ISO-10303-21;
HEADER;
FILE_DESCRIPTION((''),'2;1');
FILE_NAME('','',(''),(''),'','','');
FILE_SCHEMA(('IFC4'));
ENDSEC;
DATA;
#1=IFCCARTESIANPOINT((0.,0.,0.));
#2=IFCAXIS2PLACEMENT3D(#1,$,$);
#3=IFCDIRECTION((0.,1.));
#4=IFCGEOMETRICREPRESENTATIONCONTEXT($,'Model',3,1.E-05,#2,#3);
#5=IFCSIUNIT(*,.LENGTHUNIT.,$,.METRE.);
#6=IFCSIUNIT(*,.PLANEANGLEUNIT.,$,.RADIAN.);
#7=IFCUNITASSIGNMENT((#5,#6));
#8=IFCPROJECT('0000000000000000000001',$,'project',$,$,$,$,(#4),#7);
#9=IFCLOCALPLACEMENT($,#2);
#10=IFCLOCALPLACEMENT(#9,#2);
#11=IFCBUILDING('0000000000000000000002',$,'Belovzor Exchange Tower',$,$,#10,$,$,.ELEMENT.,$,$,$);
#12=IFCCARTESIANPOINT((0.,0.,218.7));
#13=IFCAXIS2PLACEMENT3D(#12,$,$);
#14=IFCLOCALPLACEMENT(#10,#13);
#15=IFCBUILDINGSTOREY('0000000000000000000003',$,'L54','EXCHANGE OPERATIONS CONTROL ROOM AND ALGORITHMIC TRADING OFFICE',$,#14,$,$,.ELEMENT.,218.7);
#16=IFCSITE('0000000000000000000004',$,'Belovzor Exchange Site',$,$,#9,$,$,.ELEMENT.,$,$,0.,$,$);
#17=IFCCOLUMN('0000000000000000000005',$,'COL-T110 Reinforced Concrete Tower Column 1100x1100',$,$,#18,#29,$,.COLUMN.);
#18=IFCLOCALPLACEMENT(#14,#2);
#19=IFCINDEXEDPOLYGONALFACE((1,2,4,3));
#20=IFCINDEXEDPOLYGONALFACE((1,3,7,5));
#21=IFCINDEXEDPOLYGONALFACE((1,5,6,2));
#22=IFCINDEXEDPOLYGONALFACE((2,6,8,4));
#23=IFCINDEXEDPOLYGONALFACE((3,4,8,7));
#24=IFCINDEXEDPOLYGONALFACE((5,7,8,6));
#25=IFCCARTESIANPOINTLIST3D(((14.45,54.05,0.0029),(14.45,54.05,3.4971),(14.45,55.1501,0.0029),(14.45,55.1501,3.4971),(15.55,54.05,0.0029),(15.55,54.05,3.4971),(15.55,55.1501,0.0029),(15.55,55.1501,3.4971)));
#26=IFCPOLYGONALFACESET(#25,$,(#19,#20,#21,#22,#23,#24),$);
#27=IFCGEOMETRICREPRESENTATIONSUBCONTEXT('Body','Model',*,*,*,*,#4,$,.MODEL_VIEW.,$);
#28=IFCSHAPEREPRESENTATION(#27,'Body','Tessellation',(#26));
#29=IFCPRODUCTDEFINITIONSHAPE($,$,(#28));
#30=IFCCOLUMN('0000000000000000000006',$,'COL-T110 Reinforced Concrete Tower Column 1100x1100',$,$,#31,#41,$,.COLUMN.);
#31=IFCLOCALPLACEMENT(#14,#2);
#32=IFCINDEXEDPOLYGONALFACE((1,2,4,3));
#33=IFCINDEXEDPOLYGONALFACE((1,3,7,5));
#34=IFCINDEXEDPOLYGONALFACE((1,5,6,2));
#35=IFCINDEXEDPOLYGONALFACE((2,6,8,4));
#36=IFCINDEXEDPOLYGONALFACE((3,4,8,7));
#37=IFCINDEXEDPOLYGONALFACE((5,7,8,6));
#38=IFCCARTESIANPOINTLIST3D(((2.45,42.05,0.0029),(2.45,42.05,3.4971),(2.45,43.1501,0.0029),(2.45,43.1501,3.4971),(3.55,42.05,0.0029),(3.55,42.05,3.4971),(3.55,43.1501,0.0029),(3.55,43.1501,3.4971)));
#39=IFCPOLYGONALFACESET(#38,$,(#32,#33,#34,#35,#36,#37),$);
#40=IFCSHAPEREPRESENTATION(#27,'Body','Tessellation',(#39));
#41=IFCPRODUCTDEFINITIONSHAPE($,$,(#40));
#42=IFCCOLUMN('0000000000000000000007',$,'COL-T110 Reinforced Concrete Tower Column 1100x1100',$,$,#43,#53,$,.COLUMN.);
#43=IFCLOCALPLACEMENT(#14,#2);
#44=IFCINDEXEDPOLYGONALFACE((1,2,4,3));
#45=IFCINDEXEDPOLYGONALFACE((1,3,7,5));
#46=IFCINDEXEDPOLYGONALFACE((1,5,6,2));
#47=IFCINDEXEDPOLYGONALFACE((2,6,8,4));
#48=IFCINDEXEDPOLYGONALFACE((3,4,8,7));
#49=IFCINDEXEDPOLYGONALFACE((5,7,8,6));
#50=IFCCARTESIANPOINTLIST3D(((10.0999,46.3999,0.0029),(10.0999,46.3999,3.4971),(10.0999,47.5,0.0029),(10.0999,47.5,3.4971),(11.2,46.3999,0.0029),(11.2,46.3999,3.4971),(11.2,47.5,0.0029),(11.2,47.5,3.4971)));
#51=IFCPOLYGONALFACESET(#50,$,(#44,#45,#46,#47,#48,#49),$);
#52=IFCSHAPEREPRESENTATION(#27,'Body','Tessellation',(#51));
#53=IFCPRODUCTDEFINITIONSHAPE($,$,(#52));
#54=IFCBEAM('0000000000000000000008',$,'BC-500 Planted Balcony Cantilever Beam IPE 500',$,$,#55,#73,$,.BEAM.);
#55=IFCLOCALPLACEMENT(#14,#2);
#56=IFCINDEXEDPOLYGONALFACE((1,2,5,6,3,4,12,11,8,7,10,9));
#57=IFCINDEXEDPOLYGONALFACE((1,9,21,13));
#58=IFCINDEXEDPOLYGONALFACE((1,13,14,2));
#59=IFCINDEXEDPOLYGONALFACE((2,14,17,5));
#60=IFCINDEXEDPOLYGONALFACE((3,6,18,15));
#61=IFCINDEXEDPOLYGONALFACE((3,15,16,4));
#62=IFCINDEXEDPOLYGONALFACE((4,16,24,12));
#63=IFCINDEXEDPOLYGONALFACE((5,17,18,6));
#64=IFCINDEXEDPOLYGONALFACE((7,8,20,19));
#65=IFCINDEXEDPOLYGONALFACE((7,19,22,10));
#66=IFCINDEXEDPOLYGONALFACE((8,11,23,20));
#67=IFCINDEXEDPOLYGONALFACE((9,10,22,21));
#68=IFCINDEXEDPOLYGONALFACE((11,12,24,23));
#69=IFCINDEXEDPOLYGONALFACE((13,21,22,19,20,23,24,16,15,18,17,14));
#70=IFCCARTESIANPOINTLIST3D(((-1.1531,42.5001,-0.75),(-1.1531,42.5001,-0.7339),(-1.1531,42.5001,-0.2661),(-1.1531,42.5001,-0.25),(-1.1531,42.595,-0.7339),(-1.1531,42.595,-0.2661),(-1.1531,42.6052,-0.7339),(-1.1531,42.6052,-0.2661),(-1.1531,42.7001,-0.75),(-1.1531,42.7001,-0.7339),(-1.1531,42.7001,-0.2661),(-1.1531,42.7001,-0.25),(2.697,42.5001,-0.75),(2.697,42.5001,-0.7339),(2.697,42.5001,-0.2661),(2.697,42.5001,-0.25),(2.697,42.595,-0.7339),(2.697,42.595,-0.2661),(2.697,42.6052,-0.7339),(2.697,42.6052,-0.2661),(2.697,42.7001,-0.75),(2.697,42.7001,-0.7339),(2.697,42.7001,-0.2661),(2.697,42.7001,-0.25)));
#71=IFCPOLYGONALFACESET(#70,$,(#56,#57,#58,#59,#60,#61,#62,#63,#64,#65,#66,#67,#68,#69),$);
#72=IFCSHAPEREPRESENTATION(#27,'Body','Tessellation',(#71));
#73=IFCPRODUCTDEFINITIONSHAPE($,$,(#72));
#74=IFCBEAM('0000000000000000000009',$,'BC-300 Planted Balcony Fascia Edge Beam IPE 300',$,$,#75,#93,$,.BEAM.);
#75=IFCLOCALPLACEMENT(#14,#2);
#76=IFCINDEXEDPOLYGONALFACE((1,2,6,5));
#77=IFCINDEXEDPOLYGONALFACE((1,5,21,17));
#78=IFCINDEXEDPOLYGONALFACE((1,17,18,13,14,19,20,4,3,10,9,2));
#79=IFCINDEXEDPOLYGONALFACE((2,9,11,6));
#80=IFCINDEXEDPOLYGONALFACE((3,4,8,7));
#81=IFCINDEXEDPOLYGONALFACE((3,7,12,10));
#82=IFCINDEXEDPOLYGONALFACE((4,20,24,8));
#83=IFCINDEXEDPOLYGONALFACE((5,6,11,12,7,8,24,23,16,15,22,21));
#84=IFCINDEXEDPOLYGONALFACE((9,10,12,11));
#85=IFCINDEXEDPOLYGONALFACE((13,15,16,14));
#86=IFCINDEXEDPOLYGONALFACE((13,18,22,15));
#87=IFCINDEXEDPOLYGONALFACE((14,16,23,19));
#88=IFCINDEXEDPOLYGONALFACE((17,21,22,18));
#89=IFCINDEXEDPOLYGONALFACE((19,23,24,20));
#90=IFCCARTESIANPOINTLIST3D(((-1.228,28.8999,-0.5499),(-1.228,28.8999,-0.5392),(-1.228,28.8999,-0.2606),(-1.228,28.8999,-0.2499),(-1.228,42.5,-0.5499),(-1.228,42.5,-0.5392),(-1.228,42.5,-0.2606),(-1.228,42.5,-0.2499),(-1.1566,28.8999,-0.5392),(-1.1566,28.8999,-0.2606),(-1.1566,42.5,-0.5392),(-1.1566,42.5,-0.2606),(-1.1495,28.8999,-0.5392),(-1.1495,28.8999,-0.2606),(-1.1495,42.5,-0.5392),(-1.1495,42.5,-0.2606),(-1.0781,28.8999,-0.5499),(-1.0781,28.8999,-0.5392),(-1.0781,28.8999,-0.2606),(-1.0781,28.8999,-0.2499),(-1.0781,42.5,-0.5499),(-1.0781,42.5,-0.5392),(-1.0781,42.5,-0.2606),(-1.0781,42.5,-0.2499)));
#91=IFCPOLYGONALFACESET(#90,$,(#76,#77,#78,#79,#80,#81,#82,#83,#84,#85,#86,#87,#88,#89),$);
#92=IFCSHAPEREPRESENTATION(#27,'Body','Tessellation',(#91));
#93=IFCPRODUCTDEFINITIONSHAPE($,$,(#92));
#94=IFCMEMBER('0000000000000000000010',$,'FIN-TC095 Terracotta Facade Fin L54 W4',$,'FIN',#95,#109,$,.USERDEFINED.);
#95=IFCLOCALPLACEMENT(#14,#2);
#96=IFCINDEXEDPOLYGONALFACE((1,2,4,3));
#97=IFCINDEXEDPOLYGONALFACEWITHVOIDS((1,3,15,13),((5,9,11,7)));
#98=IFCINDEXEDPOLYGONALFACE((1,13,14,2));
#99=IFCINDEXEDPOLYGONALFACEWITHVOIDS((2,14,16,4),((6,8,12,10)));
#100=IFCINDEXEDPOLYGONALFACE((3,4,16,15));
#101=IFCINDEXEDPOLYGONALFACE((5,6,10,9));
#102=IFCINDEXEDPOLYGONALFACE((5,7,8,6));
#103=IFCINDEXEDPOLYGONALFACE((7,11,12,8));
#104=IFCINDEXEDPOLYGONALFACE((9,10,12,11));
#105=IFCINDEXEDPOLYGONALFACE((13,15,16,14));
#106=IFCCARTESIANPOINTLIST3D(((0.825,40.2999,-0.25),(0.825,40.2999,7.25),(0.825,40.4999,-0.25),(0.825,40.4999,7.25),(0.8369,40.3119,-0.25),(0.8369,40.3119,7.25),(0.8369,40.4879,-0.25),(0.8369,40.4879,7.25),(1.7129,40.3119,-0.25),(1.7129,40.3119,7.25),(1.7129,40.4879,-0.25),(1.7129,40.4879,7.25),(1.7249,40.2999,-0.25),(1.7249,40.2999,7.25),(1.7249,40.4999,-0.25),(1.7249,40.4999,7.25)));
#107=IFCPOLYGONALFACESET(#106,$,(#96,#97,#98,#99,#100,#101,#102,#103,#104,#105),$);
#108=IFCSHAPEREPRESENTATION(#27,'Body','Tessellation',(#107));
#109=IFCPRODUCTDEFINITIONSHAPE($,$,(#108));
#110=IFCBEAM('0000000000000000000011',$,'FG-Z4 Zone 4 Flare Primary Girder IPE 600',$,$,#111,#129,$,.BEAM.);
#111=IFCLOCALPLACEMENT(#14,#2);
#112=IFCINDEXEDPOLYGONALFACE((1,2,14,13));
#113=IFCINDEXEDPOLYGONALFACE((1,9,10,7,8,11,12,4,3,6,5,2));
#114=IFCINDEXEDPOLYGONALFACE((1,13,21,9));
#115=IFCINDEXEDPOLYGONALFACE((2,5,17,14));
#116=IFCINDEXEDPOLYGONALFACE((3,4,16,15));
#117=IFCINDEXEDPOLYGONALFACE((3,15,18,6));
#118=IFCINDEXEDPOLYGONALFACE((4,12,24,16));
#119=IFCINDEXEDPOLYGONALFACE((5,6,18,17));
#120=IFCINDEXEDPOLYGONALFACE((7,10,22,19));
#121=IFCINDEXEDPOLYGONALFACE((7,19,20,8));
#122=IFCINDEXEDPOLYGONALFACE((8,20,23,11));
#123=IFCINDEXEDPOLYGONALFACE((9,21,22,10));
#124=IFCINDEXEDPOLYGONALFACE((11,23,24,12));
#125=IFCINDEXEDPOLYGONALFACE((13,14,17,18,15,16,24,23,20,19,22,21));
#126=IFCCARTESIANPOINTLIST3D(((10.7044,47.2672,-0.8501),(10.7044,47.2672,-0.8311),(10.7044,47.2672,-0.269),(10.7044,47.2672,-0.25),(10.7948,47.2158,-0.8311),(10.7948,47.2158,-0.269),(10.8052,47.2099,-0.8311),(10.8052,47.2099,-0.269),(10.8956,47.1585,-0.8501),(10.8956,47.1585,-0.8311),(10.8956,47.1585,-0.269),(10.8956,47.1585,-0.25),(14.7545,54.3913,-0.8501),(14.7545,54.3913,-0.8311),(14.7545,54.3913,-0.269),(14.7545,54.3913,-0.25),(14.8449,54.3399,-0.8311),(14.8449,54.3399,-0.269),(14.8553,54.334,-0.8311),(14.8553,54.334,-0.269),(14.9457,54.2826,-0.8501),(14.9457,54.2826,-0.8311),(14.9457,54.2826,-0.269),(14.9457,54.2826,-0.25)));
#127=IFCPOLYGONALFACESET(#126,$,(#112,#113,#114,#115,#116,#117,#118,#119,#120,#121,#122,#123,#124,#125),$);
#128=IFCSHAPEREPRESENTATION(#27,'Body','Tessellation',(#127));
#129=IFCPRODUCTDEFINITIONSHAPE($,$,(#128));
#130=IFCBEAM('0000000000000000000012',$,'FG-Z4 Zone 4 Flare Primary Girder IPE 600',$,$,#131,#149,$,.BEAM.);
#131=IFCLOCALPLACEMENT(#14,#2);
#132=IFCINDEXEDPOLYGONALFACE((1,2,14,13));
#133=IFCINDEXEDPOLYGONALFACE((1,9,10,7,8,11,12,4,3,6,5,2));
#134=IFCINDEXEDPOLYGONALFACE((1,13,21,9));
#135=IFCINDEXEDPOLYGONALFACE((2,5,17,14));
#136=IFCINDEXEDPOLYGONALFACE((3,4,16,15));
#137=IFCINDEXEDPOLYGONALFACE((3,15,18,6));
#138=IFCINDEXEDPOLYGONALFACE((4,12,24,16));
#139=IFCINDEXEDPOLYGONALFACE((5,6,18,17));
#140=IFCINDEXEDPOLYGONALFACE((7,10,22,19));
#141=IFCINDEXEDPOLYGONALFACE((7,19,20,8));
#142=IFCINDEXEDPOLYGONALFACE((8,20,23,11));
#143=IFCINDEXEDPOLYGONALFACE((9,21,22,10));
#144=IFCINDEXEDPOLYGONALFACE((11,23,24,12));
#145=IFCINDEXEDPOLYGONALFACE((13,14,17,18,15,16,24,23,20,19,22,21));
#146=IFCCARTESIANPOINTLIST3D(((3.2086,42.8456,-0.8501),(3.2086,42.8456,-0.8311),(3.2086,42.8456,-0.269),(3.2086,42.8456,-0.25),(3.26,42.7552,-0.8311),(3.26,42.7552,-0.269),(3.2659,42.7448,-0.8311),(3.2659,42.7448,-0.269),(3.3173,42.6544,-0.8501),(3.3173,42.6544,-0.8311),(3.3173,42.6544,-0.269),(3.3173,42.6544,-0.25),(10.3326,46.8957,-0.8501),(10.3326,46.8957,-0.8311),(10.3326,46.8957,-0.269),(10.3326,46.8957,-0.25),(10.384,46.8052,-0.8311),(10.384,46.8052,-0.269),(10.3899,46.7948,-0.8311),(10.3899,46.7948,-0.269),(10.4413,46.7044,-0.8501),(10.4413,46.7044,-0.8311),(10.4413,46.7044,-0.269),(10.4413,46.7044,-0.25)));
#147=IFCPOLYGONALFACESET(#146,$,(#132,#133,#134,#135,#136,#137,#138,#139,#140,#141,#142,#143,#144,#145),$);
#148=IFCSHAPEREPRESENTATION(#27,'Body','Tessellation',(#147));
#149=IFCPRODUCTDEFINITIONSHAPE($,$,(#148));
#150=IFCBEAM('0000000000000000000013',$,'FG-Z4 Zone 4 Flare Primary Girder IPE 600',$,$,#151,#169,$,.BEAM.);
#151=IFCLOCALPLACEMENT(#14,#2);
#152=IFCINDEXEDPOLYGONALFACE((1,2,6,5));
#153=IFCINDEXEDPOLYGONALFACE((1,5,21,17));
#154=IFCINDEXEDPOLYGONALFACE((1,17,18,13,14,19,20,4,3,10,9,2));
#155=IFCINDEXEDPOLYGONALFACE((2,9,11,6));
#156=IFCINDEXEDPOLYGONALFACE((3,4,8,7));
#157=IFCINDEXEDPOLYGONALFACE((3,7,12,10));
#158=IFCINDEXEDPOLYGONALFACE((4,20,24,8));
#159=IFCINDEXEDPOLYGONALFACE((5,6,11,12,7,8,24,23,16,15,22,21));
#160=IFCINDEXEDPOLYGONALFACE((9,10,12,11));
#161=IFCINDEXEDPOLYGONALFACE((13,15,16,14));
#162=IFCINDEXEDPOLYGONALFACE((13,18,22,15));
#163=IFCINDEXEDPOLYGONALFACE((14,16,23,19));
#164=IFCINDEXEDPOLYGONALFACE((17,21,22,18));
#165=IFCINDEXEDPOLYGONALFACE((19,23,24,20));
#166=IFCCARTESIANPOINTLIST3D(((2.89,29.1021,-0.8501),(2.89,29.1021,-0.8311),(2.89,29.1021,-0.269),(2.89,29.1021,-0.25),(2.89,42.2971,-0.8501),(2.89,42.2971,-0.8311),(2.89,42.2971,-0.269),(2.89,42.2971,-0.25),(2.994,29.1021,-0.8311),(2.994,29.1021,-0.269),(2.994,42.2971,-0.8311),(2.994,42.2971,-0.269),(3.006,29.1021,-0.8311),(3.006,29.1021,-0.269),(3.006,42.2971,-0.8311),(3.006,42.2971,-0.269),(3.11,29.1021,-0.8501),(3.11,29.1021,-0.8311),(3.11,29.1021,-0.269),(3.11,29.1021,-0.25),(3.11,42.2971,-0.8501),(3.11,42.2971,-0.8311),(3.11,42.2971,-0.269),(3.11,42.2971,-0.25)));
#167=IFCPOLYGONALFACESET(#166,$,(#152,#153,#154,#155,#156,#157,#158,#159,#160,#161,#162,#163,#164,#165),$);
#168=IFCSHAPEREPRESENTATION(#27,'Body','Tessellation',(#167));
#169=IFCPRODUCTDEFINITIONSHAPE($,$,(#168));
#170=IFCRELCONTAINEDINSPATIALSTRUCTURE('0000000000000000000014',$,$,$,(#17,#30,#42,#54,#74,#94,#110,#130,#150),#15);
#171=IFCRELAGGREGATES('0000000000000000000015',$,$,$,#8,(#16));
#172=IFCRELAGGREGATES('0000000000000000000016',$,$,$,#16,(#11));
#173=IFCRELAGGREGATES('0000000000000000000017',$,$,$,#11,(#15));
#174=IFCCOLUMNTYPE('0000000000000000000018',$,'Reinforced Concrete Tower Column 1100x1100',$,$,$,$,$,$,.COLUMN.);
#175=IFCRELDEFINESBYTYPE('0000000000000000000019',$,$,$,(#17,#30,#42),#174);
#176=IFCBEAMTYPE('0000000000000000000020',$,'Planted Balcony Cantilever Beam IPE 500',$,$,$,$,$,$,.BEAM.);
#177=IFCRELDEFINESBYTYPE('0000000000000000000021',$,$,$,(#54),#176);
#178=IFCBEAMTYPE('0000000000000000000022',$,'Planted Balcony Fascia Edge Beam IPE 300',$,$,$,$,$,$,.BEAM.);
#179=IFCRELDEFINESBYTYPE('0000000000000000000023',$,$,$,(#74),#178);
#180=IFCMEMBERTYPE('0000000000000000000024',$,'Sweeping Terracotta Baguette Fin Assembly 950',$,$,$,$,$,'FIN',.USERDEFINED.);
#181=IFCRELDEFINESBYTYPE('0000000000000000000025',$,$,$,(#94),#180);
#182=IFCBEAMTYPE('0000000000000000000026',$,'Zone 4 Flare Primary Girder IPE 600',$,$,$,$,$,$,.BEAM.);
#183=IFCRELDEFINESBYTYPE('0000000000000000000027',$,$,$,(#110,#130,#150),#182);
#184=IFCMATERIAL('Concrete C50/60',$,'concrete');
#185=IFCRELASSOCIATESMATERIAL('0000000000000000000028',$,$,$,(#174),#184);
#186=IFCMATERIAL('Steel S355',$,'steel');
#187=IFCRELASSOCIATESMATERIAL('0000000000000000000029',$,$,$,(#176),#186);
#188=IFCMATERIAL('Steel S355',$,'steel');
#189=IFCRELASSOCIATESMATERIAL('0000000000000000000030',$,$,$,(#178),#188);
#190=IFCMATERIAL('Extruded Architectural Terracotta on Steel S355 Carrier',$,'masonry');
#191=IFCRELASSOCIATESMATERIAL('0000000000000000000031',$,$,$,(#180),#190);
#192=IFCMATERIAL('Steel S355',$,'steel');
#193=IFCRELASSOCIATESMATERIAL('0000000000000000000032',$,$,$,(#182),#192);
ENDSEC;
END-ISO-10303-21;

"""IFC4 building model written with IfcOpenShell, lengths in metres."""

from ifc_helpers import new_model, si_unit, direction, frame, origin, origin_2d, place, context, subcontext, project, spatial, rectangle, hollow_rectangle, i_section, extrude, material, material_profile, profile_set, type_object, element, save


model = new_model("IFC4")

# Units and contexts
model_context = context("Model", 3, precision=1e-05, world=origin(), true_north=direction((0.0, 1.0)))
body_context = subcontext(model_context, "Body", "Model", "MODEL_VIEW")
ifc_project = project(units=[si_unit("LENGTHUNIT", "METRE"), si_unit("PLANEANGLEUNIT", "RADIAN")], contexts=[model_context])

# Site, building, storey
site_placement = place(None, origin())
site = spatial("IfcSite", under=ifc_project, at=site_placement, Name="Belovzor Exchange Site", CompositionType="ELEMENT", RefElevation=0.0)
building_placement = place(site_placement, origin())
building = spatial("IfcBuilding", under=site, at=building_placement, Name="Belovzor Exchange Tower", CompositionType="ELEMENT")
storey_placement = place(building_placement, frame((0.0, 0.0, 218.7)))
storey = spatial("IfcBuildingStorey", under=building, at=storey_placement, Name="L54", Description="EXCHANGE OPERATIONS CONTROL ROOM AND ALGORITHMIC TRADING OFFICE", CompositionType="ELEMENT", Elevation=218.7)

# Columns
ifc_material_1 = material(Name="Concrete C50/60", Category="concrete")
ifc_material_profile_1 = material_profile(ifc_material_1, rectangle(XDim=1.1001, YDim=1.1001, at=origin_2d()))
ifc_profile_set_1 = profile_set([ifc_material_profile_1], Name="Concrete C50/60")
column_type = type_object("IfcColumnType", Name="Reinforced Concrete Tower Column 1100x1100", PredefinedType="COLUMN", material=ifc_profile_set_1)
for number, where, z_axis, x_axis, name in (
    (1, (15.0, 54.6001, 0.0029), (0.0, 0.0, 1.0), (1.0, 0.0, 0.0), "COL-T110 Reinforced Concrete Tower Column 1100x1100"),
    (2, (3.0, 42.6001, 0.0029), (0.0, 0.0, 1.0), (1.0, 0.0, 0.0), "COL-T110 Reinforced Concrete Tower Column 1100x1100"),
    (3, (10.6499, 46.95, 0.0029), (0.0, 0.0, 1.0), (1.0, 0.0, 0.0), "COL-T110 Reinforced Concrete Tower Column 1100x1100"),
):
    element("IfcColumn", number, at=place(storey_placement, frame(where, z_axis=z_axis, x_axis=x_axis)), inside=storey, type_object=column_type, Name=name, PredefinedType="COLUMN", context=body_context, shape_type="SweptSolid", body=[
        extrude(rectangle(XDim=1.1001, YDim=1.1001, at=origin_2d()), origin(), (0.0, 0.0, 1.0), 3.4941),
    ])

# Beams
ifc_material_2 = material(Name="Steel S355", Category="steel")
ifc_material_profile_2 = material_profile(ifc_material_2, i_section(OverallWidth=0.2, OverallDepth=0.5, WebThickness=0.0103, FlangeThickness=0.0161, at=origin_2d()))
ifc_profile_set_2 = profile_set([ifc_material_profile_2], Name="Steel S355")
beam_type_1 = type_object("IfcBeamType", Name="Planted Balcony Cantilever Beam IPE 500", PredefinedType="BEAM", material=ifc_profile_set_2)
beam_1_placement = place(storey_placement, frame((2.697, 42.6001, -0.5), z_axis=(-1.0, 0.0, 0.0), x_axis=(0.0, -1.0, 0.0)))
element("IfcBeam", 4, at=beam_1_placement, inside=storey, type_object=beam_type_1, Name="BC-500 Planted Balcony Cantilever Beam IPE 500", PredefinedType="BEAM", context=body_context, shape_type="SweptSolid", body=[
    extrude(i_section(OverallWidth=0.2, OverallDepth=0.5, WebThickness=0.0103, FlangeThickness=0.0161, at=origin_2d()), origin(), (0.0, 0.0, 1.0), 3.8501),
])
ifc_material_3 = material(Name="Steel S355", Category="steel")
ifc_material_profile_3 = material_profile(ifc_material_3, i_section(OverallWidth=0.1499, OverallDepth=0.3, WebThickness=0.0071, FlangeThickness=0.0107, at=origin_2d()))
ifc_profile_set_3 = profile_set([ifc_material_profile_3], Name="Steel S355")
beam_type_2 = type_object("IfcBeamType", Name="Planted Balcony Fascia Edge Beam IPE 300", PredefinedType="BEAM", material=ifc_profile_set_3)
beam_2_placement = place(storey_placement, frame((-1.1531, 42.5, -0.3999), z_axis=(0.0, -1.0, 0.0), x_axis=(1.0, 0.0, 0.0)))
element("IfcBeam", 5, at=beam_2_placement, inside=storey, type_object=beam_type_2, Name="BC-300 Planted Balcony Fascia Edge Beam IPE 300", PredefinedType="BEAM", context=body_context, shape_type="SweptSolid", body=[
    extrude(i_section(OverallWidth=0.1499, OverallDepth=0.3, WebThickness=0.0071, FlangeThickness=0.0107, at=origin_2d()), origin(), (0.0, 0.0, 1.0), 13.6001),
])

# Member
ifc_material_4 = material(Name="Extruded Architectural Terracotta on Steel S355 Carrier", Category="masonry")
ifc_material_profile_4 = material_profile(ifc_material_4, hollow_rectangle(XDim=0.2, YDim=0.8999, WallThickness=0.012, at=origin_2d()))
ifc_profile_set_4 = profile_set([ifc_material_profile_4], Name="Extruded Architectural Terracotta on Steel S355 Carrier")
member_type = type_object("IfcMemberType", Name="Sweeping Terracotta Baguette Fin Assembly 950", ElementType="FIN", PredefinedType="USERDEFINED", material=ifc_profile_set_4)
member_placement = place(storey_placement, frame((1.2749, 40.3999, -0.25), z_axis=(0.0, 0.0, 1.0), x_axis=(0.0, 1.0, 0.0)))
element("IfcMember", 6, at=member_placement, inside=storey, type_object=member_type, Name="FIN-TC095 Terracotta Facade Fin L54 W4", ObjectType="FIN", PredefinedType="USERDEFINED", context=body_context, shape_type="SweptSolid", body=[
    extrude(hollow_rectangle(XDim=0.2, YDim=0.8999, WallThickness=0.012, at=origin_2d()), origin(), (0.0, 0.0, 1.0), 7.5),
])

# Beams
ifc_material_5 = material(Name="Steel S355", Category="steel")
ifc_material_profile_5 = material_profile(ifc_material_5, i_section(OverallWidth=0.22, OverallDepth=0.6001, WebThickness=0.012, FlangeThickness=0.019, at=origin_2d()))
ifc_profile_set_5 = profile_set([ifc_material_profile_5], Name="Steel S355")
beam_type_3 = type_object("IfcBeamType", Name="Zone 4 Flare Primary Girder IPE 600", PredefinedType="BEAM", material=ifc_profile_set_5)
for number, where, z_axis, x_axis, name in (
    (7, (14.8501, 54.3369, -0.55), (-0.494222, -0.869336, 0.0), (0.869336, -0.494222, 0.0), "FG-Z4 Zone 4 Flare Primary Girder IPE 600"),
    (8, (10.387, 46.8, -0.55), (-0.869336, -0.494222, 0.0), (0.494222, -0.869336, 0.0), "FG-Z4 Zone 4 Flare Primary Girder IPE 600"),
):
    element("IfcBeam", number, at=place(storey_placement, frame(where, z_axis=z_axis, x_axis=x_axis)), inside=storey, type_object=beam_type_3, Name=name, PredefinedType="BEAM", context=body_context, shape_type="SweptSolid", body=[
        extrude(i_section(OverallWidth=0.22, OverallDepth=0.6001, WebThickness=0.012, FlangeThickness=0.019, at=origin_2d()), origin(), (0.0, 0.0, 1.0), 8.1948),
    ])
beam_3_placement = place(storey_placement, frame((3.0, 42.2971, -0.55), z_axis=(0.0, -1.0, 0.0), x_axis=(1.0, 0.0, 0.0)))
element("IfcBeam", 9, at=beam_3_placement, inside=storey, type_object=beam_type_3, Name="FG-Z4 Zone 4 Flare Primary Girder IPE 600", PredefinedType="BEAM", context=body_context, shape_type="SweptSolid", body=[
    extrude(i_section(OverallWidth=0.22, OverallDepth=0.6001, WebThickness=0.012, FlangeThickness=0.019, at=origin_2d()), origin(), (0.0, 0.0, 1.0), 13.1951),
])

save(model, "model.ifc")
